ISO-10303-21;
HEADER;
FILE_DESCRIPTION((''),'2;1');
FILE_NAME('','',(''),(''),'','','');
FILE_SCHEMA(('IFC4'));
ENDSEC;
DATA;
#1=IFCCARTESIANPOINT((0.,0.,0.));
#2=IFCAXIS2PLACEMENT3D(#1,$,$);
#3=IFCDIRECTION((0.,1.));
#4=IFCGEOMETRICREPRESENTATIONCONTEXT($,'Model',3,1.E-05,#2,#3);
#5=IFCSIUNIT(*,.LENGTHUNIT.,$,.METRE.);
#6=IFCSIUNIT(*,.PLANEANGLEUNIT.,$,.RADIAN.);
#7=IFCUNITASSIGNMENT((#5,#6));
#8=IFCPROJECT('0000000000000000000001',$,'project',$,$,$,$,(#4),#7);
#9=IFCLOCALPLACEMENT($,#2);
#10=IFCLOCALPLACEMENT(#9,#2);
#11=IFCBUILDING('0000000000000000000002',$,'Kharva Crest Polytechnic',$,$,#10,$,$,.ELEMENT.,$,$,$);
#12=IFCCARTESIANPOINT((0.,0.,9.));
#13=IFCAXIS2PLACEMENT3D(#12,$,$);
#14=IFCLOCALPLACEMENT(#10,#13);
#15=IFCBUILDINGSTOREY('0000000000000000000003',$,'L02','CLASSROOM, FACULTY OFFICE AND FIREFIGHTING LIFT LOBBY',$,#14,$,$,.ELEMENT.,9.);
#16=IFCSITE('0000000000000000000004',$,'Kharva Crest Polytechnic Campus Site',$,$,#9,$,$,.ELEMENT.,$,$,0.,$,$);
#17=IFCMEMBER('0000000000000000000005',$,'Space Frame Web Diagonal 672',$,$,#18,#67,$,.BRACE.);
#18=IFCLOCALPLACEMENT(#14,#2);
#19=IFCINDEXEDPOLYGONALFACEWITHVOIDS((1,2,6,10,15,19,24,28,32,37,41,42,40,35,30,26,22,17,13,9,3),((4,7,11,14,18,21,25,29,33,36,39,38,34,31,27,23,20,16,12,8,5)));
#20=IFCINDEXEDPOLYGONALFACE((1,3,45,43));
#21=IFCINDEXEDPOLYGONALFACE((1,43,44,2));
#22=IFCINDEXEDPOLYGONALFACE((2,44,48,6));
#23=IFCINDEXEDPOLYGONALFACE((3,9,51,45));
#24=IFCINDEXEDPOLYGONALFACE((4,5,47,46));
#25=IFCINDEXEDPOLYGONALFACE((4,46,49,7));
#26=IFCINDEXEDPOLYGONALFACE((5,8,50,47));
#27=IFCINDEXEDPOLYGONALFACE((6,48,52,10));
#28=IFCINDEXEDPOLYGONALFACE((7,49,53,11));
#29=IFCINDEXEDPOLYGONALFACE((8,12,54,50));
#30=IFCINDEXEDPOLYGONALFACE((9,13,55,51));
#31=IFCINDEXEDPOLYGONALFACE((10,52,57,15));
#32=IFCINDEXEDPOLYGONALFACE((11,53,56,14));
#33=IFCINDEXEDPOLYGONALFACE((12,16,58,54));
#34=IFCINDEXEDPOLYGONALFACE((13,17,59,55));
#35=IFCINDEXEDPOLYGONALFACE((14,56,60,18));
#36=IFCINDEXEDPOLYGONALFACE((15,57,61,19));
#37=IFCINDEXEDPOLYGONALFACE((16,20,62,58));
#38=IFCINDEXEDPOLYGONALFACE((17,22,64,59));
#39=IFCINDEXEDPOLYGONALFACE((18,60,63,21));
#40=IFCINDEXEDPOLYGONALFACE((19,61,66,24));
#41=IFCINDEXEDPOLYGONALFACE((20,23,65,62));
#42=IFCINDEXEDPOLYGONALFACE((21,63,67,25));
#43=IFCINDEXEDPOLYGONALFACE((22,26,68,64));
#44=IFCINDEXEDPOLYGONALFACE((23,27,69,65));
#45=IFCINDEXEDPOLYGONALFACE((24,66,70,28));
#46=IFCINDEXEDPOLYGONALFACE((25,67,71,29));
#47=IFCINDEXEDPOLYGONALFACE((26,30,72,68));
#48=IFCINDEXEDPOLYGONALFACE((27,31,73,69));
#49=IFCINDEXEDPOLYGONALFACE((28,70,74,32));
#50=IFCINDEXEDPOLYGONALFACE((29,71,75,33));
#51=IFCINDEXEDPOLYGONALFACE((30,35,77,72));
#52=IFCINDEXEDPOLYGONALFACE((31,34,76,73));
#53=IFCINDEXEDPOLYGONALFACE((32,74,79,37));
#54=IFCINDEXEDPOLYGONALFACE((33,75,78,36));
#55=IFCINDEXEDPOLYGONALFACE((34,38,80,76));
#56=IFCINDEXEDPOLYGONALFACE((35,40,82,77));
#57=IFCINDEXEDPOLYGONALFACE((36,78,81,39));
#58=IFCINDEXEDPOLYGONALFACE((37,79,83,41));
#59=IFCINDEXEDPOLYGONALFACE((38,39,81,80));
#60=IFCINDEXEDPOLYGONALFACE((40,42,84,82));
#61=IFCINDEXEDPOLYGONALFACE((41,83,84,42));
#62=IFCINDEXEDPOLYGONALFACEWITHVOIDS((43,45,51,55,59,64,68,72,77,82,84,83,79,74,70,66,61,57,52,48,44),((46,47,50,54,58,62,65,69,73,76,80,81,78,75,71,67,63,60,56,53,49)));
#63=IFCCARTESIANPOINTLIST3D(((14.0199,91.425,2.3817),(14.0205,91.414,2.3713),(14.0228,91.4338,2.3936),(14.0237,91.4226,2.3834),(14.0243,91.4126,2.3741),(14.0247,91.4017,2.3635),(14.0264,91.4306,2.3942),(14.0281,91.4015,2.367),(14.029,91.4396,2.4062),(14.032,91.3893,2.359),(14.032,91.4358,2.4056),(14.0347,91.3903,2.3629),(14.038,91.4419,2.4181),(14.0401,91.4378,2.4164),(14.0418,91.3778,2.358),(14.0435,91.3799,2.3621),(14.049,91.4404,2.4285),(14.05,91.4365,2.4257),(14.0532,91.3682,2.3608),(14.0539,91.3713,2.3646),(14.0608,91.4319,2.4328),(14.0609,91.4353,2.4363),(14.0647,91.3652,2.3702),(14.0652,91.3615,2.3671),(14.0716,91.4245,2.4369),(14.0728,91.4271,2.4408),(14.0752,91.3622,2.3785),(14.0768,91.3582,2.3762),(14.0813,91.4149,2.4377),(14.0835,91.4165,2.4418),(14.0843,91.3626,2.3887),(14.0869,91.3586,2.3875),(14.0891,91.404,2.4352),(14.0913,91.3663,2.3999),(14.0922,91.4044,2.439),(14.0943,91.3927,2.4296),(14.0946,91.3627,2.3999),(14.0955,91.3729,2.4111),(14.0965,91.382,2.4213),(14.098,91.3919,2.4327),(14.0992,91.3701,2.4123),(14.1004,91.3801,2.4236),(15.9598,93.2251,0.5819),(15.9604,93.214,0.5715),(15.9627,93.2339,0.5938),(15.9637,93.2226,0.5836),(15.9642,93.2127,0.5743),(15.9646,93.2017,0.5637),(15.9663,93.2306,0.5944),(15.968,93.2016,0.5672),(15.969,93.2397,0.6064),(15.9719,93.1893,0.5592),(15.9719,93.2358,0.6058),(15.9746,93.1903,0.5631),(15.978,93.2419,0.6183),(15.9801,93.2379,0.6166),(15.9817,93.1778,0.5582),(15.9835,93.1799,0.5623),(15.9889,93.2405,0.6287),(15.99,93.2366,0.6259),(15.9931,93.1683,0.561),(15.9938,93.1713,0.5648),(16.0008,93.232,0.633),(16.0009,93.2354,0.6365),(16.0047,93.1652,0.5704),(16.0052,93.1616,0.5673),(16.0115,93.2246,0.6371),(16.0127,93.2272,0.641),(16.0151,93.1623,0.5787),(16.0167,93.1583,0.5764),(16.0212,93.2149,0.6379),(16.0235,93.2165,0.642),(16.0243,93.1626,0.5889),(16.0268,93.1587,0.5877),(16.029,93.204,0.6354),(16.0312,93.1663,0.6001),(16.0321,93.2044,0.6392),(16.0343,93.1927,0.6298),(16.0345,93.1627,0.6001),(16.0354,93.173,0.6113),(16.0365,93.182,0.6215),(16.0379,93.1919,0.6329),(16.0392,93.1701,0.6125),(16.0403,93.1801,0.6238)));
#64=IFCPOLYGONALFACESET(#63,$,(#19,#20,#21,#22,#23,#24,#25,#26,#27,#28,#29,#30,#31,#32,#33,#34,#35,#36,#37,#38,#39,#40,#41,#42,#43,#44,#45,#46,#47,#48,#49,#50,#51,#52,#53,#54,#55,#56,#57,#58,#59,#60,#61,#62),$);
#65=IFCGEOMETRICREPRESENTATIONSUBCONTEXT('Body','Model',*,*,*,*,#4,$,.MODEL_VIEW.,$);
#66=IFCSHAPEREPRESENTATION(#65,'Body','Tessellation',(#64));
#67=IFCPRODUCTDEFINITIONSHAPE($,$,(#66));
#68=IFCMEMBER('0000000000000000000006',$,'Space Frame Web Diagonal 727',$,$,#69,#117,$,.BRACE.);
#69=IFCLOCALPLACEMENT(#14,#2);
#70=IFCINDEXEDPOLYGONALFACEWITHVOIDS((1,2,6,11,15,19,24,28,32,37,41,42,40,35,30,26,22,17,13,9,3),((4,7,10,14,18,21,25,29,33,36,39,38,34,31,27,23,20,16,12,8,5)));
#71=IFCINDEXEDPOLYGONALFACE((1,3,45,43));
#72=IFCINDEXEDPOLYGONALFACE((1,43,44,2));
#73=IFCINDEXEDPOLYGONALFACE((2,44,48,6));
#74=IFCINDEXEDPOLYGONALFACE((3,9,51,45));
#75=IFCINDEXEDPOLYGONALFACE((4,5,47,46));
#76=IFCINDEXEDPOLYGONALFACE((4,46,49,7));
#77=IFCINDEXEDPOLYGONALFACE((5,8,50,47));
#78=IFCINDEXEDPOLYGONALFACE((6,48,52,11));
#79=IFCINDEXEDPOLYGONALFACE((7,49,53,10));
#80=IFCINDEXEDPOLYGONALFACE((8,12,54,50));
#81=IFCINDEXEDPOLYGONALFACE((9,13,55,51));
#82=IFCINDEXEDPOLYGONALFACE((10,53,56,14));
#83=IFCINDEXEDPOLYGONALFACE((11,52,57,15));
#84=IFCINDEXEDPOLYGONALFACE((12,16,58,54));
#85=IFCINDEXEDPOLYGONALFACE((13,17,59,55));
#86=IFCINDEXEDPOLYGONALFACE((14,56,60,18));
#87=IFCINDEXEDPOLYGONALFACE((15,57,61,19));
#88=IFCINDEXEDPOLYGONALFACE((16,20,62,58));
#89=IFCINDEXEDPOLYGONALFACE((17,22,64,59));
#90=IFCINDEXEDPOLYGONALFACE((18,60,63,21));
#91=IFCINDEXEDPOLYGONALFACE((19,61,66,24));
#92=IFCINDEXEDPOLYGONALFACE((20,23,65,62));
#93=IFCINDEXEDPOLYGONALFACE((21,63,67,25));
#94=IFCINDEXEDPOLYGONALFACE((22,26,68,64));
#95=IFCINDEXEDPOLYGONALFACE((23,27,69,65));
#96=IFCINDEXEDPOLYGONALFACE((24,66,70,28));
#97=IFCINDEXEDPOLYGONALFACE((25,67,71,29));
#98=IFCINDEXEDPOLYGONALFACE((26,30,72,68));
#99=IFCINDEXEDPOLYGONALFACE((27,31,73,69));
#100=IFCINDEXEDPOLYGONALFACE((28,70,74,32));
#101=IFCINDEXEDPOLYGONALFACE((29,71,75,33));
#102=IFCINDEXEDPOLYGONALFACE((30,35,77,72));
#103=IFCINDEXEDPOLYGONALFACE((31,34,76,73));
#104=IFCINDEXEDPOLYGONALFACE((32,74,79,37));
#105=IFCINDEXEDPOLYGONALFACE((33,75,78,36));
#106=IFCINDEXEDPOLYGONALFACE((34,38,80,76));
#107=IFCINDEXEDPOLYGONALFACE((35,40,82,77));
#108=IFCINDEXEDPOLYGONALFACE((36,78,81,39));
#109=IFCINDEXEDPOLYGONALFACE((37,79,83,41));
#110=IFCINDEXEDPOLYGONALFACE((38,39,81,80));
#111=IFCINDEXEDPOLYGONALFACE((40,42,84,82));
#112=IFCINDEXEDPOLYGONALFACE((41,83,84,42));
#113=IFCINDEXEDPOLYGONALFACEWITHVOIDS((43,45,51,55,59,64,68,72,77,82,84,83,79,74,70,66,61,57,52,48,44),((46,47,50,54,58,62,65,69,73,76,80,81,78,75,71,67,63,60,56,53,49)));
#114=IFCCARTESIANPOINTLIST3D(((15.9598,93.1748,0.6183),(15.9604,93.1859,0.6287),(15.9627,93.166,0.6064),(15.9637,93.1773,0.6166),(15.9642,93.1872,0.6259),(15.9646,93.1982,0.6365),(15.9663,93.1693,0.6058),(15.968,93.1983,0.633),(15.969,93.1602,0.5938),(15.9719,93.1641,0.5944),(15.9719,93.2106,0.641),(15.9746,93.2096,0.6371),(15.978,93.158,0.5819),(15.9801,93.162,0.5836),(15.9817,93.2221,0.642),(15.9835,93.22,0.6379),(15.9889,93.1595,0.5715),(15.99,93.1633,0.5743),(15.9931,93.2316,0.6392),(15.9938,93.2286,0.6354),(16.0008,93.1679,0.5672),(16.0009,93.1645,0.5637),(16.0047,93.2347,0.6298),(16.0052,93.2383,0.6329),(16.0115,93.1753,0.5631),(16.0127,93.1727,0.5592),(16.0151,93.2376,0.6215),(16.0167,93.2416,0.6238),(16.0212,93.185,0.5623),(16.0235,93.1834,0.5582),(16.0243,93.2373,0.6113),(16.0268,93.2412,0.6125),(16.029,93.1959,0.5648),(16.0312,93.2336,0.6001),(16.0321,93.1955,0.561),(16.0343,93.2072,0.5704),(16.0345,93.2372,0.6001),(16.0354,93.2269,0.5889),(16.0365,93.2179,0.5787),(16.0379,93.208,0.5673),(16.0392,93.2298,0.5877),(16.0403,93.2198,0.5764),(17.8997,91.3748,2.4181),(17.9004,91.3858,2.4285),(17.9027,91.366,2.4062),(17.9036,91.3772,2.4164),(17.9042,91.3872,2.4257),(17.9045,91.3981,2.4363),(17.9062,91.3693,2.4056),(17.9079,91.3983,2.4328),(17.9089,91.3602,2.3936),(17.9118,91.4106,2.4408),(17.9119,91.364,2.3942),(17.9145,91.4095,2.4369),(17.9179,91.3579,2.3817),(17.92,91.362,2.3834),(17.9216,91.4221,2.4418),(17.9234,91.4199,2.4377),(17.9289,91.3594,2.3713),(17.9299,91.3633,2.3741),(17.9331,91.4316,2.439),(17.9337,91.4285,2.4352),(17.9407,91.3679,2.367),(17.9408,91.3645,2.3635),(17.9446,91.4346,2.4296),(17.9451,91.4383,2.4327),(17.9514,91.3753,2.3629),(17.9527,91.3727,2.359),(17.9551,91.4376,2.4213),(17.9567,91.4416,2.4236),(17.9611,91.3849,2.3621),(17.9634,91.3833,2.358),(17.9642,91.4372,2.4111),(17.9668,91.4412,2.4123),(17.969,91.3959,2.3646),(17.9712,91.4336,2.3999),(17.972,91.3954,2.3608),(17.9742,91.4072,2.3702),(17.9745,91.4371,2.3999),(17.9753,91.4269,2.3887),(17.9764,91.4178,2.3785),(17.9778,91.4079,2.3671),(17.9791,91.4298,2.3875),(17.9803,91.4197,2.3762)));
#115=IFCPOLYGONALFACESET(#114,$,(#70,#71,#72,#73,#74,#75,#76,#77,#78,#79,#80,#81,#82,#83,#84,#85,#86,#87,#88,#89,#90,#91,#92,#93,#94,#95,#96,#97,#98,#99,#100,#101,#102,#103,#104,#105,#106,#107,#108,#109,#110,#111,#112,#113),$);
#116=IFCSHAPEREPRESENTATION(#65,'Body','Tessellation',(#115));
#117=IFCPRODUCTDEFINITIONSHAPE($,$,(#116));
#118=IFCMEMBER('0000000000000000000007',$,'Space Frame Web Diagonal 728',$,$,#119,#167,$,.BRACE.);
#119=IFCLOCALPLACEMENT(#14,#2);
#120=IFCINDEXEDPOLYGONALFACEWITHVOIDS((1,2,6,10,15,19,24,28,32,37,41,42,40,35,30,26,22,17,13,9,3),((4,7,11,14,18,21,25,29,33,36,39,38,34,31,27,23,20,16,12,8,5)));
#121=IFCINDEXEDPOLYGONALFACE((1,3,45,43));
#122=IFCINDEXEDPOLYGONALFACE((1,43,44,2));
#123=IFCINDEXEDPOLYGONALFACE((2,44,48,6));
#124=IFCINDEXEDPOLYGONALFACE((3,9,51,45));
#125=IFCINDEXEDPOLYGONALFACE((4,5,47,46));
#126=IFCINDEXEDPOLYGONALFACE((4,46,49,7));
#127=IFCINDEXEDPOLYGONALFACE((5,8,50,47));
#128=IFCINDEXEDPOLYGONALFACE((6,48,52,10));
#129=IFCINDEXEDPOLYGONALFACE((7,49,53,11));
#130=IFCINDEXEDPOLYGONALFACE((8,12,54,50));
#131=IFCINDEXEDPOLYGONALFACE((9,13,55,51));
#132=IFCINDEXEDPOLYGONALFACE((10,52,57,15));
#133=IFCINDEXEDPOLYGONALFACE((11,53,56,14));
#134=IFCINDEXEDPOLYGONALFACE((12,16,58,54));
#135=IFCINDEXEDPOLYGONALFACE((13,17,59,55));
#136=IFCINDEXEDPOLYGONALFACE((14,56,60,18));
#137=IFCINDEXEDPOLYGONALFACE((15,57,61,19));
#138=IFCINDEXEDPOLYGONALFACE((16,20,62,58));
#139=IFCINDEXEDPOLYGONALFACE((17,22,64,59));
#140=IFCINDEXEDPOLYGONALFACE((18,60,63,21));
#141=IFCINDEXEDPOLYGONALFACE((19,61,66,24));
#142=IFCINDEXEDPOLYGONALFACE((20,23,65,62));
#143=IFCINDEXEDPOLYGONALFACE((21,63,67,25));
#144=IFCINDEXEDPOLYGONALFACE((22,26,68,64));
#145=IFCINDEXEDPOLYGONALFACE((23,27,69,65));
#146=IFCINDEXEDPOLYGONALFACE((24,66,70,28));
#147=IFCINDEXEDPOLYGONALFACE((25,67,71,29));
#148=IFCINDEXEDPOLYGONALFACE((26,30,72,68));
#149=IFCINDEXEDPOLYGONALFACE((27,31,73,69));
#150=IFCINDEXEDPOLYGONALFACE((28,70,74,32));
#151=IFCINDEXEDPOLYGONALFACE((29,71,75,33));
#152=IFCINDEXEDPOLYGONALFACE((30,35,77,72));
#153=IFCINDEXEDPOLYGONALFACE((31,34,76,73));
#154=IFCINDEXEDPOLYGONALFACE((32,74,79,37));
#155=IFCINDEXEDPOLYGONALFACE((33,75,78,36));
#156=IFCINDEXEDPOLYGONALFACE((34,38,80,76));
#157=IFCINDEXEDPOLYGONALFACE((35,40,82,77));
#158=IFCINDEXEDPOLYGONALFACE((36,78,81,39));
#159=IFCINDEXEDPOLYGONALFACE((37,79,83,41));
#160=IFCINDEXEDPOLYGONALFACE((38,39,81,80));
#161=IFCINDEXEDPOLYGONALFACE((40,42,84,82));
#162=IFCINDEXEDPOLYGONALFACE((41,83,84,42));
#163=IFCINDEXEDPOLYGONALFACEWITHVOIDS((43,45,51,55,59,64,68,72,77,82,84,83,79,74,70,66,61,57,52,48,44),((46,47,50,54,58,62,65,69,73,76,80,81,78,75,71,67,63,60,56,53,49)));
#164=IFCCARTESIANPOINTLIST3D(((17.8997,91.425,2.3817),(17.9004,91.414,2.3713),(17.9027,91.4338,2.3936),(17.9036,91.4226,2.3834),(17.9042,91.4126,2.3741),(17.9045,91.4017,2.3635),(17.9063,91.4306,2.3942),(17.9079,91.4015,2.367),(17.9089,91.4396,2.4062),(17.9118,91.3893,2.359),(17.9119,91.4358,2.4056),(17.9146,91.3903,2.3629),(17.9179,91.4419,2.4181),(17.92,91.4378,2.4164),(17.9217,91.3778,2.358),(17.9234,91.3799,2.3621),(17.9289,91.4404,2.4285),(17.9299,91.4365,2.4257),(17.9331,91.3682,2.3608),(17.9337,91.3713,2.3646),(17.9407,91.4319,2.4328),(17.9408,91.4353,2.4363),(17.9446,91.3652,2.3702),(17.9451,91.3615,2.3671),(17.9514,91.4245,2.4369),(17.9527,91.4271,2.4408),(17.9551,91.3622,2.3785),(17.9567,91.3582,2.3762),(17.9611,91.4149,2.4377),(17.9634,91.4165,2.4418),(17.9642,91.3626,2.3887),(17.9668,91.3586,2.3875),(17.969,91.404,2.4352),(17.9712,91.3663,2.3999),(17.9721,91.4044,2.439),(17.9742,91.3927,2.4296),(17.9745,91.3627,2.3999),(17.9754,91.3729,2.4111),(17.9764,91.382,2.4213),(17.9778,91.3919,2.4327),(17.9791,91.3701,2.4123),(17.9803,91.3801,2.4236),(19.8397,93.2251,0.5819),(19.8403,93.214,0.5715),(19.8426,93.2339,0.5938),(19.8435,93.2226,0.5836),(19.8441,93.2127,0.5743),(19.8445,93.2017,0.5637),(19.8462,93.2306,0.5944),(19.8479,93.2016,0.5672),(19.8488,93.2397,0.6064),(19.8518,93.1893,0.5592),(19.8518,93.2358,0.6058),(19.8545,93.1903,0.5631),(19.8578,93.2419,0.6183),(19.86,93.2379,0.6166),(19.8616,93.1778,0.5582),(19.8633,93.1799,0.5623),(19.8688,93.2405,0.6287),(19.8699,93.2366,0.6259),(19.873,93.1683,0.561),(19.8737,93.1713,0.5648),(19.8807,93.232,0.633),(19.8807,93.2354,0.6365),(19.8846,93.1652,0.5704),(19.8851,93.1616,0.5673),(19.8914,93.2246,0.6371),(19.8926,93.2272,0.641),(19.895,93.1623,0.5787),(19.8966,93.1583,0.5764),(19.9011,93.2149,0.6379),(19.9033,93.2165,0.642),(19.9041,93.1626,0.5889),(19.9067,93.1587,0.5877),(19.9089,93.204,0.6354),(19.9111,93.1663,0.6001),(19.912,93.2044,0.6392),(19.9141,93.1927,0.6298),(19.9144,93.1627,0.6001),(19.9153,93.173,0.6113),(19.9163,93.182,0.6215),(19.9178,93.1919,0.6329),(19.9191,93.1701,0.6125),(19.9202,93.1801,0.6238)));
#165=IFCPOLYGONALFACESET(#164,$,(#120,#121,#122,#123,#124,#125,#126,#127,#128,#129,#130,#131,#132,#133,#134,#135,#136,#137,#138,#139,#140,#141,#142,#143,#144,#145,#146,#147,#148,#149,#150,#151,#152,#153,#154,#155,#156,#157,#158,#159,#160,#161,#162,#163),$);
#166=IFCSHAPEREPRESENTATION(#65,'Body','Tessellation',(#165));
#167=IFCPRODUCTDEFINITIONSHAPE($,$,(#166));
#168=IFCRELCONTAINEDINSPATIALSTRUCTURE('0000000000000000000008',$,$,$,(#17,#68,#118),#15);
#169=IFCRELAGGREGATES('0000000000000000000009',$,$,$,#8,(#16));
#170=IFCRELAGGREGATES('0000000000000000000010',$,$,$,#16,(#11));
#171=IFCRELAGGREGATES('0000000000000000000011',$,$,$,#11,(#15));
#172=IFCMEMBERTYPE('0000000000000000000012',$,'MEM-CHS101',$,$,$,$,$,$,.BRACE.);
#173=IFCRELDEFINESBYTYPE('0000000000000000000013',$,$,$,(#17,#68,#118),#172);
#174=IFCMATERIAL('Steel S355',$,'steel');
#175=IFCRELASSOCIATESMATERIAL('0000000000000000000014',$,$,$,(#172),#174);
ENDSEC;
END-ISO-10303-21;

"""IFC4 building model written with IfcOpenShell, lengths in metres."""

from ifc_helpers import new_model, si_unit, direction, frame, origin, origin_2d, place, context, subcontext, project, spatial, hollow_circle, extrude, material, material_profile, profile_set, type_object, element, save


model = new_model("IFC4")

# Units and contexts
model_context = context("Model", 3, precision=1e-05, world=origin(), true_north=direction((0.0, 1.0)))
body_context = subcontext(model_context, "Body", "Model", "MODEL_VIEW")
ifc_project = project(units=[si_unit("LENGTHUNIT", "METRE"), si_unit("PLANEANGLEUNIT", "RADIAN")], contexts=[model_context])

# Site, building, storey
site_placement = place(None, origin())
site = spatial("IfcSite", under=ifc_project, at=site_placement, Name="Kharva Crest Polytechnic Campus Site", CompositionType="ELEMENT", RefElevation=0.0)
building_placement = place(site_placement, origin())
building = spatial("IfcBuilding", under=site, at=building_placement, Name="Kharva Crest Polytechnic", CompositionType="ELEMENT")
storey_placement = place(building_placement, frame((0.0, 0.0, 9.0)))
storey = spatial("IfcBuildingStorey", under=building, at=storey_placement, Name="L02", Description="CLASSROOM, FACULTY OFFICE AND FIREFIGHTING LIFT LOBBY", CompositionType="ELEMENT", Elevation=9.0)

# Members
ifc_material = material(Name="Steel S355", Category="steel")
ifc_material_profile_1 = material_profile(ifc_material, hollow_circle(Radius=0.0508, WallThickness=0.0049, at=origin_2d()), Name="CHS 101.6X5.0")
ifc_profile_set_1 = profile_set([ifc_material_profile_1], Name="Steel S355")
member_type_1 = type_object("IfcMemberType", Name="MEM-CHS101", PredefinedType="BRACE", material=ifc_profile_set_1)
for number, where, z_axis, x_axis, name in (
    (1, (16.0, 93.2, 0.6001), (-0.606147, -0.562437, 0.562361), (0.680182, -0.733043, 0.0), "Space Frame Web Diagonal 672"),
    (2, (16.0, 93.2, 0.6001), (0.606147, -0.562437, 0.562361), (0.680182, 0.733043, 0.0), "Space Frame Web Diagonal 727"),
    (3, (19.8799, 93.2, 0.6001), (-0.606147, -0.562437, 0.562361), (0.680182, -0.733043, 0.0), "Space Frame Web Diagonal 728"),
):
    element("IfcMember", number, at=place(storey_placement, frame(where, z_axis=z_axis, x_axis=x_axis)), inside=storey, type_object=member_type_1, Name=name, PredefinedType="BRACE", context=body_context, shape_type="SweptSolid", body=[
        extrude(hollow_circle(Radius=0.0508, WallThickness=0.0049, at=origin_2d()), origin(), (0.0, 0.0, 1.0), 3.2004),
    ])

save(model, "model.ifc")
